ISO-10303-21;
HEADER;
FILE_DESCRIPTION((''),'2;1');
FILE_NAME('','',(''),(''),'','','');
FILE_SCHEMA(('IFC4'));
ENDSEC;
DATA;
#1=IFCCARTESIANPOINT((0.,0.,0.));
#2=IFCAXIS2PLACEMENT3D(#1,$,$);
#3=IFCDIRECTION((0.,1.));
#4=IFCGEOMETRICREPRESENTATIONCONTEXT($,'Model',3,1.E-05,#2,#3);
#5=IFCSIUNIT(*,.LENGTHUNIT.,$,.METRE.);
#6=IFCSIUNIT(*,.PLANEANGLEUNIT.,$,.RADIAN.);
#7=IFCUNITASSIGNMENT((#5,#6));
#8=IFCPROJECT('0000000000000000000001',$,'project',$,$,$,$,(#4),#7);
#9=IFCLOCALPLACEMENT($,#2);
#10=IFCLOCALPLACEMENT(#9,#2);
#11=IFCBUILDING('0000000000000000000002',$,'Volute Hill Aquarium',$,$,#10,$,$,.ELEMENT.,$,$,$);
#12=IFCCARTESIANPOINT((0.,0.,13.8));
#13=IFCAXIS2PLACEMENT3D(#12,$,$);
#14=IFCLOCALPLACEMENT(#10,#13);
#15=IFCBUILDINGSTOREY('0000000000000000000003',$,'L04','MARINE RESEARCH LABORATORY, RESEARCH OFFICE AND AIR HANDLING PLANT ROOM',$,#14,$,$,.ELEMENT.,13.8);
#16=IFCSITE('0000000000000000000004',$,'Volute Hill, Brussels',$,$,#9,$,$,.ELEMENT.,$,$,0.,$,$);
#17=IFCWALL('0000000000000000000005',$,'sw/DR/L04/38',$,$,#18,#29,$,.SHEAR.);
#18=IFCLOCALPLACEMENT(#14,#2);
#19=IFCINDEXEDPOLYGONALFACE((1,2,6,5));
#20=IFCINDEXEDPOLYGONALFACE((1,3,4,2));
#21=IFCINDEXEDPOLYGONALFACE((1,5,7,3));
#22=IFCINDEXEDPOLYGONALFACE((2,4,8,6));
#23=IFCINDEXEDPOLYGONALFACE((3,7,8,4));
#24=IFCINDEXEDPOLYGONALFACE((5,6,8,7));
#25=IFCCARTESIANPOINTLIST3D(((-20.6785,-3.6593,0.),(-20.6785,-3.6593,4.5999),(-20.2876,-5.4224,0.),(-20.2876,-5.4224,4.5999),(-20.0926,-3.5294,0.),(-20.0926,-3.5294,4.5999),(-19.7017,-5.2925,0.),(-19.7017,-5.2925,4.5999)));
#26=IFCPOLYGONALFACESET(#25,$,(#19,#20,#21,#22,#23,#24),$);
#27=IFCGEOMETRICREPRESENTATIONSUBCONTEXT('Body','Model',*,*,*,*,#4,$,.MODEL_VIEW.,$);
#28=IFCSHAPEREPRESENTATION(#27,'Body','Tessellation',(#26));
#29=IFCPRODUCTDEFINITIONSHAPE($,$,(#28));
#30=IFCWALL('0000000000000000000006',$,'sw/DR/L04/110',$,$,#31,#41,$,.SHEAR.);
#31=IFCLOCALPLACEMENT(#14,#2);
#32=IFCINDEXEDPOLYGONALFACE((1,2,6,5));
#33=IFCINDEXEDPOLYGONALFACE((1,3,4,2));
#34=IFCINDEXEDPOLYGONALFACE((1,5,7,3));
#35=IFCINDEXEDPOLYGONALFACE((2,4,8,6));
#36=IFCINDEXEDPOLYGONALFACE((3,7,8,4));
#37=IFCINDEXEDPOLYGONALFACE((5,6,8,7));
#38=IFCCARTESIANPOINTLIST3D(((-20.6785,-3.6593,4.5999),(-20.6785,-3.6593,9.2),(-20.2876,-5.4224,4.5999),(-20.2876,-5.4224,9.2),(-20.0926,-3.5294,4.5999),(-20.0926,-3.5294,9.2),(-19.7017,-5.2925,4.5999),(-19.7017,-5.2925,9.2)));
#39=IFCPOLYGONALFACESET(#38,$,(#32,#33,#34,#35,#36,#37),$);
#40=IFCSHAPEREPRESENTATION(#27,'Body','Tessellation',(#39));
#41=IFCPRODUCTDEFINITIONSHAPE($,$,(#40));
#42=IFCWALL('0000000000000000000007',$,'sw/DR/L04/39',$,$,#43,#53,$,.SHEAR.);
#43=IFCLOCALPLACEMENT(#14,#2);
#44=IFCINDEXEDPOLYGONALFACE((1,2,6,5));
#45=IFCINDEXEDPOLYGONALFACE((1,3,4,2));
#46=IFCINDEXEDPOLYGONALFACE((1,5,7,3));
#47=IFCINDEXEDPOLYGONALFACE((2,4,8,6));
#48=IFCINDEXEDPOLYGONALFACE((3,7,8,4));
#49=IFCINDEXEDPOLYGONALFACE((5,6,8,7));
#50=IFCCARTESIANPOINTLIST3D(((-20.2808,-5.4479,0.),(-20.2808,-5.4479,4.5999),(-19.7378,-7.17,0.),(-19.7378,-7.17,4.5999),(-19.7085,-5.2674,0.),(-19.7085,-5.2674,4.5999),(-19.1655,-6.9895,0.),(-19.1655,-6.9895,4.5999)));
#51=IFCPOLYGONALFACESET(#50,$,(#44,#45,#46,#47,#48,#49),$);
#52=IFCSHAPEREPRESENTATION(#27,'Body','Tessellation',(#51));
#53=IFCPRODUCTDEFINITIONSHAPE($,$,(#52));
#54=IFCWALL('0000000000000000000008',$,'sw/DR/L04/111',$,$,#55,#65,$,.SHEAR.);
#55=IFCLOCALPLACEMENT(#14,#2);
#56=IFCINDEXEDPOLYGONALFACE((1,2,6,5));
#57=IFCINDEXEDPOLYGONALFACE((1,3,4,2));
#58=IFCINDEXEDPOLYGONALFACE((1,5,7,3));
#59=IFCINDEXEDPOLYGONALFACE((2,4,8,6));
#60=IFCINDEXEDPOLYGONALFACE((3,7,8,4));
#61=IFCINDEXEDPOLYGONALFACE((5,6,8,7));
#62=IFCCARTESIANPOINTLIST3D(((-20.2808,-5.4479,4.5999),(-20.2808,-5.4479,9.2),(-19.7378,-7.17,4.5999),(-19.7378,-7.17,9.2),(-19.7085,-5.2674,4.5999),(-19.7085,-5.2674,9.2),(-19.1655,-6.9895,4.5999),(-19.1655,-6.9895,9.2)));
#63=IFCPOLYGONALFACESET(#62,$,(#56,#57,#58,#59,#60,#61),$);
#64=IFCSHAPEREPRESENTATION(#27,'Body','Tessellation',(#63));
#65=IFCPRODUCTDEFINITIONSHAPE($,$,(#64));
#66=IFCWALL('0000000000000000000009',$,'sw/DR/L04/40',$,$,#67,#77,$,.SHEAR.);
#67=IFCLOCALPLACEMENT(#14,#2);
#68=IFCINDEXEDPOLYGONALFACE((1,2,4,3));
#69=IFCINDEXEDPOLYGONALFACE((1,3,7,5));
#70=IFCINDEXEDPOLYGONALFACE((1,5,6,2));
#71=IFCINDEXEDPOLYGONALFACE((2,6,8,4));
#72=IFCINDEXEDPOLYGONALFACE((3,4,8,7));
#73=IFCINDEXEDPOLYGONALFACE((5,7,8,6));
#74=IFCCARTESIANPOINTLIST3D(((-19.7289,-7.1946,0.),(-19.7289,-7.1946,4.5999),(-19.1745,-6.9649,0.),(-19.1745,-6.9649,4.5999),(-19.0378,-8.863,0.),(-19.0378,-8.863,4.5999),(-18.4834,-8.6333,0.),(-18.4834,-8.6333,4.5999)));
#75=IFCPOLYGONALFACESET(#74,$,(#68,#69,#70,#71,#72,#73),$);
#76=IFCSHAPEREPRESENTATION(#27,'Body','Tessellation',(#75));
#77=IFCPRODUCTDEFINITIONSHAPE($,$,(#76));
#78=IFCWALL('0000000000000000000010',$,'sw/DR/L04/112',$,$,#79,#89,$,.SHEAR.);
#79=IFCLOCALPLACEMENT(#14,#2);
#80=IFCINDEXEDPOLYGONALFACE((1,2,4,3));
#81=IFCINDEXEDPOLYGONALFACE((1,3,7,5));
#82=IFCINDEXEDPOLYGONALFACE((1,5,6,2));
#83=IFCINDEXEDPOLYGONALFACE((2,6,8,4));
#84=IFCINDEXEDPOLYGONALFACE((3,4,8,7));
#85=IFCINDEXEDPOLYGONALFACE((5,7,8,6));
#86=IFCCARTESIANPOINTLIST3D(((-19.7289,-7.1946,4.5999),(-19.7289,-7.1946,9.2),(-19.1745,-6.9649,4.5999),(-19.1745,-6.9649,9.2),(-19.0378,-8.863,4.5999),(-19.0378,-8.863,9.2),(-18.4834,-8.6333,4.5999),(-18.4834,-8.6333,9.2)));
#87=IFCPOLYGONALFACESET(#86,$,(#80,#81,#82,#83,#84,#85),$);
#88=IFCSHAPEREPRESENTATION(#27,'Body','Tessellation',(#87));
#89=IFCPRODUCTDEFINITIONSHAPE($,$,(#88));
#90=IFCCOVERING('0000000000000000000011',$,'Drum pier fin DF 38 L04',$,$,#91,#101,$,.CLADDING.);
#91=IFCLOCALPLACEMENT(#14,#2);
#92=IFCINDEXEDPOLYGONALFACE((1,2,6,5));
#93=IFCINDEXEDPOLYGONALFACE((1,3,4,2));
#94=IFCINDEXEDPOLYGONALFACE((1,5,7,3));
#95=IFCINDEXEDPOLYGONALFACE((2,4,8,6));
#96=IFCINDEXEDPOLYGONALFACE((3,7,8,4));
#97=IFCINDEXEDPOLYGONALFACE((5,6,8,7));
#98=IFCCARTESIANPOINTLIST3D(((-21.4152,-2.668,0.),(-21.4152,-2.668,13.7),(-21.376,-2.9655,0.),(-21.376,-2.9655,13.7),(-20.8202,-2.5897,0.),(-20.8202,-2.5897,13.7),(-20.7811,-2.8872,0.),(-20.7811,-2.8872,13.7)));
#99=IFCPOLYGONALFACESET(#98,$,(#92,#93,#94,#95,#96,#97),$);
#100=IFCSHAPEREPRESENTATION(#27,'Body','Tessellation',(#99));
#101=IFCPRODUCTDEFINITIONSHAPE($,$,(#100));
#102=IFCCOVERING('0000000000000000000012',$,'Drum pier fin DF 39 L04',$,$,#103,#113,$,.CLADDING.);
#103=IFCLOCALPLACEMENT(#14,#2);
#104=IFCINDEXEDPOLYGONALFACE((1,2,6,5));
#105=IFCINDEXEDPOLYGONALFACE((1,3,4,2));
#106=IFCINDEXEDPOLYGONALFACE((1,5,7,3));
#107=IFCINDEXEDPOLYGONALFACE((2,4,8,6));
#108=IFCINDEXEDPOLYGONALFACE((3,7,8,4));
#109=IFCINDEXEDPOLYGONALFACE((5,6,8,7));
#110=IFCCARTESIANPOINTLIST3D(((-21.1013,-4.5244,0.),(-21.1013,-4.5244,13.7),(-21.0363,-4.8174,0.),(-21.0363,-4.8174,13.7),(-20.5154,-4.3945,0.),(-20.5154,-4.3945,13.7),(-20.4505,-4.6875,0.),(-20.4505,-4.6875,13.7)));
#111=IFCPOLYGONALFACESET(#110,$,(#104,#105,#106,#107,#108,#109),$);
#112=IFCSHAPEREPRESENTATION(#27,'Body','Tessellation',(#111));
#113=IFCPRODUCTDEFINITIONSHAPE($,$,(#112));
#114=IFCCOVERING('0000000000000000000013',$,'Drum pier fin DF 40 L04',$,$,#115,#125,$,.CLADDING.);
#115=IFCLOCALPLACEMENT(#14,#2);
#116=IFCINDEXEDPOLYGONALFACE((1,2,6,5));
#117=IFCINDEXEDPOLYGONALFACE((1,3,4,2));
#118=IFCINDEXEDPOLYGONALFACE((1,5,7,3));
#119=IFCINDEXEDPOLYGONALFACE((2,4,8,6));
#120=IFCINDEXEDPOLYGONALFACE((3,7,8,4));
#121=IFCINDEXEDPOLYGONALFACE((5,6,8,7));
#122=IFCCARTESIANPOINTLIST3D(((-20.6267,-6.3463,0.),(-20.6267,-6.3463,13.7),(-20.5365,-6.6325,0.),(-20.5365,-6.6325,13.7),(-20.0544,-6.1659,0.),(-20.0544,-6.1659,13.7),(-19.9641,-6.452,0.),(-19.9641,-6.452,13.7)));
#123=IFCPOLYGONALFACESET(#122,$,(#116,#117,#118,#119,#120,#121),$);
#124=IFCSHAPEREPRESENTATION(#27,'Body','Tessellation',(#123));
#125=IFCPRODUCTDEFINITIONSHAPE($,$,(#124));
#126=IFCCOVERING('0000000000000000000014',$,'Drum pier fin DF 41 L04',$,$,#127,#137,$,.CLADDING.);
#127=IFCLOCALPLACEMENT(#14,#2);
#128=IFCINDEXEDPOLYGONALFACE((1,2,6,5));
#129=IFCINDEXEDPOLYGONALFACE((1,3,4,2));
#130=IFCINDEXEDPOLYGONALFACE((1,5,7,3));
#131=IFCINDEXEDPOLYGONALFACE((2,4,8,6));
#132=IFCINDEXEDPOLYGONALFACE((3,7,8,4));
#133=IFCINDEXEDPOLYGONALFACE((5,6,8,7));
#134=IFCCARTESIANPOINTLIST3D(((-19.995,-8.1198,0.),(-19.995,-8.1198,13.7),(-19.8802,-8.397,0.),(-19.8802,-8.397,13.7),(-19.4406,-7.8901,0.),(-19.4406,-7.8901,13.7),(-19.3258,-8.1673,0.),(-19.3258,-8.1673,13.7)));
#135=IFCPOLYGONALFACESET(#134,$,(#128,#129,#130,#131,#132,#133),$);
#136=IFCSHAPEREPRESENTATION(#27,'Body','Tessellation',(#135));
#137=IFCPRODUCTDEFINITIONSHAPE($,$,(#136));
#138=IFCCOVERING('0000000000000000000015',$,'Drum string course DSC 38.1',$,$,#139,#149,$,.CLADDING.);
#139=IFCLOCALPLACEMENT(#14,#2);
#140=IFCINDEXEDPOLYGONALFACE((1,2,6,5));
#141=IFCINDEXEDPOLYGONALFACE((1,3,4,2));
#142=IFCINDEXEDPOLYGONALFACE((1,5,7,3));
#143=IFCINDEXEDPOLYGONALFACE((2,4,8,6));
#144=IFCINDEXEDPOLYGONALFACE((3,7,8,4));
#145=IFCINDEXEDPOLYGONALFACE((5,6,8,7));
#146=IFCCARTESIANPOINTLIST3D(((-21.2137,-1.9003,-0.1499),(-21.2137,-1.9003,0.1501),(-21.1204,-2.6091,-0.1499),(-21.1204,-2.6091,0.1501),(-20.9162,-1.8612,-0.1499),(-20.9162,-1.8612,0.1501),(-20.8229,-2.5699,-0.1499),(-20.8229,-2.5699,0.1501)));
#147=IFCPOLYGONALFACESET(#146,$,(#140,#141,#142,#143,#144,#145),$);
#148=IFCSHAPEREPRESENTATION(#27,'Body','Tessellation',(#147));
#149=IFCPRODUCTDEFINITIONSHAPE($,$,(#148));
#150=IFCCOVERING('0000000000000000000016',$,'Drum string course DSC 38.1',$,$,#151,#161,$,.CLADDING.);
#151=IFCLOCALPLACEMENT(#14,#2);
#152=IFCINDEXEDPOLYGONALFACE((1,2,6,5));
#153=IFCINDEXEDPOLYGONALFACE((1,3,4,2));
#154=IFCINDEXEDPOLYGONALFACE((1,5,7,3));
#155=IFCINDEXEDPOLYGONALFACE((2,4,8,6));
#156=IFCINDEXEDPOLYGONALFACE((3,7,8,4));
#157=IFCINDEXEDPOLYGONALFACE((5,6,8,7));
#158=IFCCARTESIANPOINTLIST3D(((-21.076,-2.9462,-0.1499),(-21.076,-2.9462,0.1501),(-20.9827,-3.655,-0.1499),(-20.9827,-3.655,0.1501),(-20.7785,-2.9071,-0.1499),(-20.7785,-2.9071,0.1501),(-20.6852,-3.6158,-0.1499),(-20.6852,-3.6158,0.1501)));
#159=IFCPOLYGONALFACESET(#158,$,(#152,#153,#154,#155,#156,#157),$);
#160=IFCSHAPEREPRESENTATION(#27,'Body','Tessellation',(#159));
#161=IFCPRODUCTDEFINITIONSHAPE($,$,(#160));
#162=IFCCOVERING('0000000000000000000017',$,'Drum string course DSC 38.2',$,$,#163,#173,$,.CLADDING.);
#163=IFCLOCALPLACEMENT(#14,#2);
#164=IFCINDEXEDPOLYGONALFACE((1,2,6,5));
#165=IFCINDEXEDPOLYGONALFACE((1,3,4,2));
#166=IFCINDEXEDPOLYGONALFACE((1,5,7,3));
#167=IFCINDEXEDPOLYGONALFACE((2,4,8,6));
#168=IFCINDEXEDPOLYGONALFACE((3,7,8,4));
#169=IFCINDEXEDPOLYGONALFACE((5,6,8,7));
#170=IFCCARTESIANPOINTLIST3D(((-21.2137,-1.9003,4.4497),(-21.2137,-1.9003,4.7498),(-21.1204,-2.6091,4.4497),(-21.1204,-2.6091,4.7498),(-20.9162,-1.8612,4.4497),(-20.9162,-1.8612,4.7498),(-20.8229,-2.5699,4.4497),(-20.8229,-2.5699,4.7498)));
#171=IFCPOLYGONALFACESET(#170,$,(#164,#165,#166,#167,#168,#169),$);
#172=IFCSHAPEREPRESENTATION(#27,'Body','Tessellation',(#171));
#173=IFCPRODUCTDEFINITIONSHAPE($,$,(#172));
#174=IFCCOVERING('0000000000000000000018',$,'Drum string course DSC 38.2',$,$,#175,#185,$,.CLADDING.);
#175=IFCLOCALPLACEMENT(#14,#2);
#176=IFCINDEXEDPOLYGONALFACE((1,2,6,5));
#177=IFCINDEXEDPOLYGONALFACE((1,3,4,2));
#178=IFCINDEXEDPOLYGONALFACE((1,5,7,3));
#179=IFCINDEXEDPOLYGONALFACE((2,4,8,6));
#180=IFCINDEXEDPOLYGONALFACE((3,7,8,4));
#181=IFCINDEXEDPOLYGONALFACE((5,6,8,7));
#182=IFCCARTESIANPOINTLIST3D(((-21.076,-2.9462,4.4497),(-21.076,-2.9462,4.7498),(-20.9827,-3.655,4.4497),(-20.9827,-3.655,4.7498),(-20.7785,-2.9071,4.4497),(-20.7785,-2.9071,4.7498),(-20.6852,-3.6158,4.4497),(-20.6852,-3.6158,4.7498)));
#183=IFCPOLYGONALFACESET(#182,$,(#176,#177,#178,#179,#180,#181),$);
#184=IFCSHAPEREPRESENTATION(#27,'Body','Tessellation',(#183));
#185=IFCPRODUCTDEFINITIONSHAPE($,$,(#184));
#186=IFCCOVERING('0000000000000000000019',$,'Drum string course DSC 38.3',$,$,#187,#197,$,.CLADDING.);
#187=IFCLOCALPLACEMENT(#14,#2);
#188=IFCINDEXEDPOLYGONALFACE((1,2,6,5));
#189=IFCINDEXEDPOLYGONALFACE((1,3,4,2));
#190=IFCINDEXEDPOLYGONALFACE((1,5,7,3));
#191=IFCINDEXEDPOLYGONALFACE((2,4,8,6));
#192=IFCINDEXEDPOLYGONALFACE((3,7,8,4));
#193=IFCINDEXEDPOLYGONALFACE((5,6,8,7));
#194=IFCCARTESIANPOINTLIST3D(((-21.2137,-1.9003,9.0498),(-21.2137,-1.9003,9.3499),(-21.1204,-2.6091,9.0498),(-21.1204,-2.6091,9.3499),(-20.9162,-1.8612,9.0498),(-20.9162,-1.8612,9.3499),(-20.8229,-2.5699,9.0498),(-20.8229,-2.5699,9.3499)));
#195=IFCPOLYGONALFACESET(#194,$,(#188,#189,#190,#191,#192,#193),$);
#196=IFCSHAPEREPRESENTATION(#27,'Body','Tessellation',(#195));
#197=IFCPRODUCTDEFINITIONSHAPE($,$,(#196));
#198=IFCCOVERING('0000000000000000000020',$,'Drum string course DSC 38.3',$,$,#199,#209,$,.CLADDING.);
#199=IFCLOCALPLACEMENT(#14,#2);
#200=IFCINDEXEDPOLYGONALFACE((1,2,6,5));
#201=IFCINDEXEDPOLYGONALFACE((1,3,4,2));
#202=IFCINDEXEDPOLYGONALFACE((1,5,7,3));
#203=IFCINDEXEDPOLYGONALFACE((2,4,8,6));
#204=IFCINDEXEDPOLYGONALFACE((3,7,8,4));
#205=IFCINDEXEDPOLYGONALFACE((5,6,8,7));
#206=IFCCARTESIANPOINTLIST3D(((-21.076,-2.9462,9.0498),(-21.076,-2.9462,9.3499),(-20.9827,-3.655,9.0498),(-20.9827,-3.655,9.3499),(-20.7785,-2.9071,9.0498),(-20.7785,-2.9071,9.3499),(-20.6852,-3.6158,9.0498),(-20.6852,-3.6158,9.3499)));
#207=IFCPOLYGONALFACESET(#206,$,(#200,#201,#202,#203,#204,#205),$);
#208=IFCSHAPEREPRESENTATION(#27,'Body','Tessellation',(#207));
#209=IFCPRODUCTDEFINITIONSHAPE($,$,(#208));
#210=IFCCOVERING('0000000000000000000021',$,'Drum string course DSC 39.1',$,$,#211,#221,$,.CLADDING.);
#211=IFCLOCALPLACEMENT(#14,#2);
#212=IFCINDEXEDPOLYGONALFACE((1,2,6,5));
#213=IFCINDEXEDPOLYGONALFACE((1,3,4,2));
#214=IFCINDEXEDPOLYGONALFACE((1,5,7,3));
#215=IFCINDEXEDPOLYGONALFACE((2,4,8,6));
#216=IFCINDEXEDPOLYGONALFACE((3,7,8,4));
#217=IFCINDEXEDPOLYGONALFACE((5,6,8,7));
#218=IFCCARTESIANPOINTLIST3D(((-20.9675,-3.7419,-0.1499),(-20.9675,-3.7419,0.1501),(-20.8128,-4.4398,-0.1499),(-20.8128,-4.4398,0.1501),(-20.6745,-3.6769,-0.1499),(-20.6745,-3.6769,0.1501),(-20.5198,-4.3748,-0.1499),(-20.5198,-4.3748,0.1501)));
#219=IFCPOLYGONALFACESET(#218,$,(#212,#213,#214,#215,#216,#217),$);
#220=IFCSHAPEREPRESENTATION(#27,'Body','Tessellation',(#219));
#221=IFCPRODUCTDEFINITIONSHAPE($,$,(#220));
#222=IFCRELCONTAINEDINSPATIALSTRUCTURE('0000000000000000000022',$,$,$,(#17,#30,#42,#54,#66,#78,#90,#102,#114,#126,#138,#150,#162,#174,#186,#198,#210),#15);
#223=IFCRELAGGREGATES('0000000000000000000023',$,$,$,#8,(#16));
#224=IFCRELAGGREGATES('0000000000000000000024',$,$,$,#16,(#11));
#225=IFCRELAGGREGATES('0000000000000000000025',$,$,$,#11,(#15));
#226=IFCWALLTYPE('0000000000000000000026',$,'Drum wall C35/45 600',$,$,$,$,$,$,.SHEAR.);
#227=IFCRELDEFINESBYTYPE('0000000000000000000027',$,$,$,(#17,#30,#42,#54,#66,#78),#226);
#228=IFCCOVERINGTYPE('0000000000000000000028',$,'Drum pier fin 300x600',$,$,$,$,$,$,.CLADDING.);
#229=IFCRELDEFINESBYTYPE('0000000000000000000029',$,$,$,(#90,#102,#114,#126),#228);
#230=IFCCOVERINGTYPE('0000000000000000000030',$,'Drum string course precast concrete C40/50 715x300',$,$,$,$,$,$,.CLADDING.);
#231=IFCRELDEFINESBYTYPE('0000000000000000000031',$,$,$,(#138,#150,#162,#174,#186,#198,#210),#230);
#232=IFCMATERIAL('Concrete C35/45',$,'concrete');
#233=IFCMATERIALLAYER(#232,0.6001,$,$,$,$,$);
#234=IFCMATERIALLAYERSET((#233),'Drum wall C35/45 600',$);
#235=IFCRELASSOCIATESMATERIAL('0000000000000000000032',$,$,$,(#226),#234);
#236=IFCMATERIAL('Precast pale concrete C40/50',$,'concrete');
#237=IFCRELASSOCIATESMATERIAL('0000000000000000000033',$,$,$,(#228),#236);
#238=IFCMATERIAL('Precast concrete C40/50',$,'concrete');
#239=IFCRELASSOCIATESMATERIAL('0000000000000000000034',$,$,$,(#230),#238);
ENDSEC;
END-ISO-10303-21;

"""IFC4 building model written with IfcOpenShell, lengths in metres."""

from ifc_helpers import new_model, si_unit, direction, frame, frame_2d, origin, origin_2d, place, context, subcontext, project, spatial, rectangle, extrude, material, layer, layer_set, type_object, element, save


model = new_model("IFC4")

# Units and contexts
model_context = context("Model", 3, precision=1e-05, world=origin(), true_north=direction((0.0, 1.0)))
body_context = subcontext(model_context, "Body", "Model", "MODEL_VIEW")
ifc_project = project(units=[si_unit("LENGTHUNIT", "METRE"), si_unit("PLANEANGLEUNIT", "RADIAN")], contexts=[model_context])

# Site, building, storey
site_placement = place(None, origin())
site = spatial("IfcSite", under=ifc_project, at=site_placement, Name="Volute Hill, Brussels", CompositionType="ELEMENT", RefElevation=0.0)
building_placement = place(site_placement, origin())
building = spatial("IfcBuilding", under=site, at=building_placement, Name="Volute Hill Aquarium", CompositionType="ELEMENT")
storey_placement = place(building_placement, frame((0.0, 0.0, 13.8)))
storey = spatial("IfcBuildingStorey", under=building, at=storey_placement, Name="L04", Description="MARINE RESEARCH LABORATORY, RESEARCH OFFICE AND AIR HANDLING PLANT ROOM", CompositionType="ELEMENT", Elevation=13.8)

# Walls
ifc_material_1 = material(Name="Concrete C35/45", Category="concrete")
ifc_layer = layer(ifc_material_1, 0.6001)
ifc_layer_set = layer_set([ifc_layer], Name="Drum wall C35/45 600")
wall_type = type_object("IfcWallType", Name="Drum wall C35/45 600", PredefinedType="SHEAR", material=ifc_layer_set)
wall_1_placement = place(storey_placement, frame((-20.3855, -3.5945, 0.0), z_axis=(0.0, 0.0, 1.0), x_axis=(0.216429, -0.976298, 0.0)))
element("IfcWall", 1, at=wall_1_placement, inside=storey, type_object=wall_type, Name="sw/DR/L04/38", PredefinedType="SHEAR", context=body_context, shape_type="SweptSolid", body=[
    extrude(rectangle(XDim=1.8059, YDim=0.6001, at=frame_2d((0.9028, 0.0))), origin(), (0.0, 0.0, 1.0), 4.5999),
])
wall_2_placement = place(storey_placement, frame((-20.3855, -3.5945, 4.5999), z_axis=(0.0, 0.0, 1.0), x_axis=(0.216429, -0.976298, 0.0)))
element("IfcWall", 2, at=wall_2_placement, inside=storey, type_object=wall_type, Name="sw/DR/L04/110", PredefinedType="SHEAR", context=body_context, shape_type="SweptSolid", body=[
    extrude(rectangle(XDim=1.8059, YDim=0.6001, at=frame_2d((0.9028, 0.0))), origin(), (0.0, 0.0, 1.0), 4.6001),
])
wall_3_placement = place(storey_placement, frame((-19.9946, -5.3577, 0.0), z_axis=(0.0, 0.0, 1.0), x_axis=(0.300691, -0.953722, 0.0)))
element("IfcWall", 3, at=wall_3_placement, inside=storey, type_object=wall_type, Name="sw/DR/L04/39", PredefinedType="SHEAR", context=body_context, shape_type="SweptSolid", body=[
    extrude(rectangle(XDim=1.8057, YDim=0.6001, at=frame_2d((0.9028, 0.0))), origin(), (0.0, 0.0, 1.0), 4.5999),
])
wall_4_placement = place(storey_placement, frame((-19.9946, -5.3577, 4.5999), z_axis=(0.0, 0.0, 1.0), x_axis=(0.300691, -0.953722, 0.0)))
element("IfcWall", 4, at=wall_4_placement, inside=storey, type_object=wall_type, Name="sw/DR/L04/111", PredefinedType="SHEAR", context=body_context, shape_type="SweptSolid", body=[
    extrude(rectangle(XDim=1.8057, YDim=0.6001, at=frame_2d((0.9028, 0.0))), origin(), (0.0, 0.0, 1.0), 4.6001),
])
wall_5_placement = place(storey_placement, frame((-19.4517, -7.0798, 0.0), z_axis=(0.0, 0.0, 1.0), x_axis=(0.382714, -0.923867, 0.0)))
element("IfcWall", 5, at=wall_5_placement, inside=storey, type_object=wall_type, Name="sw/DR/L04/40", PredefinedType="SHEAR", context=body_context, shape_type="SweptSolid", body=[
    extrude(rectangle(XDim=1.8059, YDim=0.6001, at=frame_2d((0.9028, 0.0))), origin(), (0.0, 0.0, 1.0), 4.5999),
])
wall_6_placement = place(storey_placement, frame((-19.4517, -7.0798, 4.5999), z_axis=(0.0, 0.0, 1.0), x_axis=(0.382714, -0.923867, 0.0)))
element("IfcWall", 6, at=wall_6_placement, inside=storey, type_object=wall_type, Name="sw/DR/L04/112", PredefinedType="SHEAR", context=body_context, shape_type="SweptSolid", body=[
    extrude(rectangle(XDim=1.8059, YDim=0.6001, at=frame_2d((0.9028, 0.0))), origin(), (0.0, 0.0, 1.0), 4.6001),
])

# Coverings
ifc_material_2 = material(Name="Precast pale concrete C40/50", Category="concrete")
covering_type_1 = type_object("IfcCoveringType", Name="Drum pier fin 300x600", PredefinedType="CLADDING", material=ifc_material_2)
for number, where, z_axis, x_axis, name in (
    (7, (-21.0981, -2.7776, 0.0), (0.0, 0.0, 1.0), (0.130526, -0.991445, 0.0), "Drum pier fin DF 38 L04"),
    (8, (-20.7759, -4.606, 0.0), (0.0, 0.0, 1.0), (0.21644, -0.976296, 0.0), "Drum pier fin DF 39 L04"),
    (9, (-20.2954, -6.3992, 0.0), (0.0, 0.0, 1.0), (0.300706, -0.953717, 0.0), "Drum pier fin DF 40 L04"),
    (10, (-19.6604, -8.1436, 0.0), (0.0, 0.0, 1.0), (0.382683, -0.92388, 0.0), "Drum pier fin DF 41 L04"),
):
    element("IfcCovering", number, at=place(storey_placement, frame(where, z_axis=z_axis, x_axis=x_axis)), inside=storey, type_object=covering_type_1, Name=name, PredefinedType="CLADDING", context=body_context, shape_type="SweptSolid", body=[
        extrude(rectangle(XDim=0.3, YDim=0.6001, at=origin_2d()), origin(), (0.0, 0.0, 1.0), 13.7),
    ])
ifc_material_3 = material(Name="Precast concrete C40/50", Category="concrete")
covering_type_2 = type_object("IfcCoveringType", Name="Drum string course precast concrete C40/50 715x300", PredefinedType="CLADDING", material=ifc_material_3)
for number, where, z_axis, x_axis, name in (
    (11, (-21.0183, -2.2351, -0.1499), (0.0, 0.0, 1.0), (0.130526, -0.991445, 0.0), "Drum string course DSC 38.1"),
    (12, (-20.8806, -3.281, -0.1499), (0.0, 0.0, 1.0), (0.130526, -0.991445, 0.0), "Drum string course DSC 38.1"),
    (13, (-21.0183, -2.2351, 4.4497), (0.0, 0.0, 1.0), (0.130526, -0.991445, 0.0), "Drum string course DSC 38.2"),
    (14, (-20.8806, -3.281, 4.4497), (0.0, 0.0, 1.0), (0.130526, -0.991445, 0.0), "Drum string course DSC 38.2"),
    (15, (-21.0183, -2.2351, 9.0498), (0.0, 0.0, 1.0), (0.130526, -0.991445, 0.0), "Drum string course DSC 38.3"),
    (16, (-20.8806, -3.281, 9.0498), (0.0, 0.0, 1.0), (0.130526, -0.991445, 0.0), "Drum string course DSC 38.3"),
    (17, (-20.7437, -4.0583, -0.1499), (0.0, 0.0, 1.0), (0.21644, -0.976296, 0.0), "Drum string course DSC 39.1"),
):
    element("IfcCovering", number, at=place(storey_placement, frame(where, z_axis=z_axis, x_axis=x_axis)), inside=storey, type_object=covering_type_2, Name=name, PredefinedType="CLADDING", context=body_context, shape_type="SweptSolid", body=[
        extrude(rectangle(XDim=0.7148, YDim=0.3, at=origin_2d()), origin(), (0.0, 0.0, 1.0), 0.3),
    ])

save(model, "model.ifc")
